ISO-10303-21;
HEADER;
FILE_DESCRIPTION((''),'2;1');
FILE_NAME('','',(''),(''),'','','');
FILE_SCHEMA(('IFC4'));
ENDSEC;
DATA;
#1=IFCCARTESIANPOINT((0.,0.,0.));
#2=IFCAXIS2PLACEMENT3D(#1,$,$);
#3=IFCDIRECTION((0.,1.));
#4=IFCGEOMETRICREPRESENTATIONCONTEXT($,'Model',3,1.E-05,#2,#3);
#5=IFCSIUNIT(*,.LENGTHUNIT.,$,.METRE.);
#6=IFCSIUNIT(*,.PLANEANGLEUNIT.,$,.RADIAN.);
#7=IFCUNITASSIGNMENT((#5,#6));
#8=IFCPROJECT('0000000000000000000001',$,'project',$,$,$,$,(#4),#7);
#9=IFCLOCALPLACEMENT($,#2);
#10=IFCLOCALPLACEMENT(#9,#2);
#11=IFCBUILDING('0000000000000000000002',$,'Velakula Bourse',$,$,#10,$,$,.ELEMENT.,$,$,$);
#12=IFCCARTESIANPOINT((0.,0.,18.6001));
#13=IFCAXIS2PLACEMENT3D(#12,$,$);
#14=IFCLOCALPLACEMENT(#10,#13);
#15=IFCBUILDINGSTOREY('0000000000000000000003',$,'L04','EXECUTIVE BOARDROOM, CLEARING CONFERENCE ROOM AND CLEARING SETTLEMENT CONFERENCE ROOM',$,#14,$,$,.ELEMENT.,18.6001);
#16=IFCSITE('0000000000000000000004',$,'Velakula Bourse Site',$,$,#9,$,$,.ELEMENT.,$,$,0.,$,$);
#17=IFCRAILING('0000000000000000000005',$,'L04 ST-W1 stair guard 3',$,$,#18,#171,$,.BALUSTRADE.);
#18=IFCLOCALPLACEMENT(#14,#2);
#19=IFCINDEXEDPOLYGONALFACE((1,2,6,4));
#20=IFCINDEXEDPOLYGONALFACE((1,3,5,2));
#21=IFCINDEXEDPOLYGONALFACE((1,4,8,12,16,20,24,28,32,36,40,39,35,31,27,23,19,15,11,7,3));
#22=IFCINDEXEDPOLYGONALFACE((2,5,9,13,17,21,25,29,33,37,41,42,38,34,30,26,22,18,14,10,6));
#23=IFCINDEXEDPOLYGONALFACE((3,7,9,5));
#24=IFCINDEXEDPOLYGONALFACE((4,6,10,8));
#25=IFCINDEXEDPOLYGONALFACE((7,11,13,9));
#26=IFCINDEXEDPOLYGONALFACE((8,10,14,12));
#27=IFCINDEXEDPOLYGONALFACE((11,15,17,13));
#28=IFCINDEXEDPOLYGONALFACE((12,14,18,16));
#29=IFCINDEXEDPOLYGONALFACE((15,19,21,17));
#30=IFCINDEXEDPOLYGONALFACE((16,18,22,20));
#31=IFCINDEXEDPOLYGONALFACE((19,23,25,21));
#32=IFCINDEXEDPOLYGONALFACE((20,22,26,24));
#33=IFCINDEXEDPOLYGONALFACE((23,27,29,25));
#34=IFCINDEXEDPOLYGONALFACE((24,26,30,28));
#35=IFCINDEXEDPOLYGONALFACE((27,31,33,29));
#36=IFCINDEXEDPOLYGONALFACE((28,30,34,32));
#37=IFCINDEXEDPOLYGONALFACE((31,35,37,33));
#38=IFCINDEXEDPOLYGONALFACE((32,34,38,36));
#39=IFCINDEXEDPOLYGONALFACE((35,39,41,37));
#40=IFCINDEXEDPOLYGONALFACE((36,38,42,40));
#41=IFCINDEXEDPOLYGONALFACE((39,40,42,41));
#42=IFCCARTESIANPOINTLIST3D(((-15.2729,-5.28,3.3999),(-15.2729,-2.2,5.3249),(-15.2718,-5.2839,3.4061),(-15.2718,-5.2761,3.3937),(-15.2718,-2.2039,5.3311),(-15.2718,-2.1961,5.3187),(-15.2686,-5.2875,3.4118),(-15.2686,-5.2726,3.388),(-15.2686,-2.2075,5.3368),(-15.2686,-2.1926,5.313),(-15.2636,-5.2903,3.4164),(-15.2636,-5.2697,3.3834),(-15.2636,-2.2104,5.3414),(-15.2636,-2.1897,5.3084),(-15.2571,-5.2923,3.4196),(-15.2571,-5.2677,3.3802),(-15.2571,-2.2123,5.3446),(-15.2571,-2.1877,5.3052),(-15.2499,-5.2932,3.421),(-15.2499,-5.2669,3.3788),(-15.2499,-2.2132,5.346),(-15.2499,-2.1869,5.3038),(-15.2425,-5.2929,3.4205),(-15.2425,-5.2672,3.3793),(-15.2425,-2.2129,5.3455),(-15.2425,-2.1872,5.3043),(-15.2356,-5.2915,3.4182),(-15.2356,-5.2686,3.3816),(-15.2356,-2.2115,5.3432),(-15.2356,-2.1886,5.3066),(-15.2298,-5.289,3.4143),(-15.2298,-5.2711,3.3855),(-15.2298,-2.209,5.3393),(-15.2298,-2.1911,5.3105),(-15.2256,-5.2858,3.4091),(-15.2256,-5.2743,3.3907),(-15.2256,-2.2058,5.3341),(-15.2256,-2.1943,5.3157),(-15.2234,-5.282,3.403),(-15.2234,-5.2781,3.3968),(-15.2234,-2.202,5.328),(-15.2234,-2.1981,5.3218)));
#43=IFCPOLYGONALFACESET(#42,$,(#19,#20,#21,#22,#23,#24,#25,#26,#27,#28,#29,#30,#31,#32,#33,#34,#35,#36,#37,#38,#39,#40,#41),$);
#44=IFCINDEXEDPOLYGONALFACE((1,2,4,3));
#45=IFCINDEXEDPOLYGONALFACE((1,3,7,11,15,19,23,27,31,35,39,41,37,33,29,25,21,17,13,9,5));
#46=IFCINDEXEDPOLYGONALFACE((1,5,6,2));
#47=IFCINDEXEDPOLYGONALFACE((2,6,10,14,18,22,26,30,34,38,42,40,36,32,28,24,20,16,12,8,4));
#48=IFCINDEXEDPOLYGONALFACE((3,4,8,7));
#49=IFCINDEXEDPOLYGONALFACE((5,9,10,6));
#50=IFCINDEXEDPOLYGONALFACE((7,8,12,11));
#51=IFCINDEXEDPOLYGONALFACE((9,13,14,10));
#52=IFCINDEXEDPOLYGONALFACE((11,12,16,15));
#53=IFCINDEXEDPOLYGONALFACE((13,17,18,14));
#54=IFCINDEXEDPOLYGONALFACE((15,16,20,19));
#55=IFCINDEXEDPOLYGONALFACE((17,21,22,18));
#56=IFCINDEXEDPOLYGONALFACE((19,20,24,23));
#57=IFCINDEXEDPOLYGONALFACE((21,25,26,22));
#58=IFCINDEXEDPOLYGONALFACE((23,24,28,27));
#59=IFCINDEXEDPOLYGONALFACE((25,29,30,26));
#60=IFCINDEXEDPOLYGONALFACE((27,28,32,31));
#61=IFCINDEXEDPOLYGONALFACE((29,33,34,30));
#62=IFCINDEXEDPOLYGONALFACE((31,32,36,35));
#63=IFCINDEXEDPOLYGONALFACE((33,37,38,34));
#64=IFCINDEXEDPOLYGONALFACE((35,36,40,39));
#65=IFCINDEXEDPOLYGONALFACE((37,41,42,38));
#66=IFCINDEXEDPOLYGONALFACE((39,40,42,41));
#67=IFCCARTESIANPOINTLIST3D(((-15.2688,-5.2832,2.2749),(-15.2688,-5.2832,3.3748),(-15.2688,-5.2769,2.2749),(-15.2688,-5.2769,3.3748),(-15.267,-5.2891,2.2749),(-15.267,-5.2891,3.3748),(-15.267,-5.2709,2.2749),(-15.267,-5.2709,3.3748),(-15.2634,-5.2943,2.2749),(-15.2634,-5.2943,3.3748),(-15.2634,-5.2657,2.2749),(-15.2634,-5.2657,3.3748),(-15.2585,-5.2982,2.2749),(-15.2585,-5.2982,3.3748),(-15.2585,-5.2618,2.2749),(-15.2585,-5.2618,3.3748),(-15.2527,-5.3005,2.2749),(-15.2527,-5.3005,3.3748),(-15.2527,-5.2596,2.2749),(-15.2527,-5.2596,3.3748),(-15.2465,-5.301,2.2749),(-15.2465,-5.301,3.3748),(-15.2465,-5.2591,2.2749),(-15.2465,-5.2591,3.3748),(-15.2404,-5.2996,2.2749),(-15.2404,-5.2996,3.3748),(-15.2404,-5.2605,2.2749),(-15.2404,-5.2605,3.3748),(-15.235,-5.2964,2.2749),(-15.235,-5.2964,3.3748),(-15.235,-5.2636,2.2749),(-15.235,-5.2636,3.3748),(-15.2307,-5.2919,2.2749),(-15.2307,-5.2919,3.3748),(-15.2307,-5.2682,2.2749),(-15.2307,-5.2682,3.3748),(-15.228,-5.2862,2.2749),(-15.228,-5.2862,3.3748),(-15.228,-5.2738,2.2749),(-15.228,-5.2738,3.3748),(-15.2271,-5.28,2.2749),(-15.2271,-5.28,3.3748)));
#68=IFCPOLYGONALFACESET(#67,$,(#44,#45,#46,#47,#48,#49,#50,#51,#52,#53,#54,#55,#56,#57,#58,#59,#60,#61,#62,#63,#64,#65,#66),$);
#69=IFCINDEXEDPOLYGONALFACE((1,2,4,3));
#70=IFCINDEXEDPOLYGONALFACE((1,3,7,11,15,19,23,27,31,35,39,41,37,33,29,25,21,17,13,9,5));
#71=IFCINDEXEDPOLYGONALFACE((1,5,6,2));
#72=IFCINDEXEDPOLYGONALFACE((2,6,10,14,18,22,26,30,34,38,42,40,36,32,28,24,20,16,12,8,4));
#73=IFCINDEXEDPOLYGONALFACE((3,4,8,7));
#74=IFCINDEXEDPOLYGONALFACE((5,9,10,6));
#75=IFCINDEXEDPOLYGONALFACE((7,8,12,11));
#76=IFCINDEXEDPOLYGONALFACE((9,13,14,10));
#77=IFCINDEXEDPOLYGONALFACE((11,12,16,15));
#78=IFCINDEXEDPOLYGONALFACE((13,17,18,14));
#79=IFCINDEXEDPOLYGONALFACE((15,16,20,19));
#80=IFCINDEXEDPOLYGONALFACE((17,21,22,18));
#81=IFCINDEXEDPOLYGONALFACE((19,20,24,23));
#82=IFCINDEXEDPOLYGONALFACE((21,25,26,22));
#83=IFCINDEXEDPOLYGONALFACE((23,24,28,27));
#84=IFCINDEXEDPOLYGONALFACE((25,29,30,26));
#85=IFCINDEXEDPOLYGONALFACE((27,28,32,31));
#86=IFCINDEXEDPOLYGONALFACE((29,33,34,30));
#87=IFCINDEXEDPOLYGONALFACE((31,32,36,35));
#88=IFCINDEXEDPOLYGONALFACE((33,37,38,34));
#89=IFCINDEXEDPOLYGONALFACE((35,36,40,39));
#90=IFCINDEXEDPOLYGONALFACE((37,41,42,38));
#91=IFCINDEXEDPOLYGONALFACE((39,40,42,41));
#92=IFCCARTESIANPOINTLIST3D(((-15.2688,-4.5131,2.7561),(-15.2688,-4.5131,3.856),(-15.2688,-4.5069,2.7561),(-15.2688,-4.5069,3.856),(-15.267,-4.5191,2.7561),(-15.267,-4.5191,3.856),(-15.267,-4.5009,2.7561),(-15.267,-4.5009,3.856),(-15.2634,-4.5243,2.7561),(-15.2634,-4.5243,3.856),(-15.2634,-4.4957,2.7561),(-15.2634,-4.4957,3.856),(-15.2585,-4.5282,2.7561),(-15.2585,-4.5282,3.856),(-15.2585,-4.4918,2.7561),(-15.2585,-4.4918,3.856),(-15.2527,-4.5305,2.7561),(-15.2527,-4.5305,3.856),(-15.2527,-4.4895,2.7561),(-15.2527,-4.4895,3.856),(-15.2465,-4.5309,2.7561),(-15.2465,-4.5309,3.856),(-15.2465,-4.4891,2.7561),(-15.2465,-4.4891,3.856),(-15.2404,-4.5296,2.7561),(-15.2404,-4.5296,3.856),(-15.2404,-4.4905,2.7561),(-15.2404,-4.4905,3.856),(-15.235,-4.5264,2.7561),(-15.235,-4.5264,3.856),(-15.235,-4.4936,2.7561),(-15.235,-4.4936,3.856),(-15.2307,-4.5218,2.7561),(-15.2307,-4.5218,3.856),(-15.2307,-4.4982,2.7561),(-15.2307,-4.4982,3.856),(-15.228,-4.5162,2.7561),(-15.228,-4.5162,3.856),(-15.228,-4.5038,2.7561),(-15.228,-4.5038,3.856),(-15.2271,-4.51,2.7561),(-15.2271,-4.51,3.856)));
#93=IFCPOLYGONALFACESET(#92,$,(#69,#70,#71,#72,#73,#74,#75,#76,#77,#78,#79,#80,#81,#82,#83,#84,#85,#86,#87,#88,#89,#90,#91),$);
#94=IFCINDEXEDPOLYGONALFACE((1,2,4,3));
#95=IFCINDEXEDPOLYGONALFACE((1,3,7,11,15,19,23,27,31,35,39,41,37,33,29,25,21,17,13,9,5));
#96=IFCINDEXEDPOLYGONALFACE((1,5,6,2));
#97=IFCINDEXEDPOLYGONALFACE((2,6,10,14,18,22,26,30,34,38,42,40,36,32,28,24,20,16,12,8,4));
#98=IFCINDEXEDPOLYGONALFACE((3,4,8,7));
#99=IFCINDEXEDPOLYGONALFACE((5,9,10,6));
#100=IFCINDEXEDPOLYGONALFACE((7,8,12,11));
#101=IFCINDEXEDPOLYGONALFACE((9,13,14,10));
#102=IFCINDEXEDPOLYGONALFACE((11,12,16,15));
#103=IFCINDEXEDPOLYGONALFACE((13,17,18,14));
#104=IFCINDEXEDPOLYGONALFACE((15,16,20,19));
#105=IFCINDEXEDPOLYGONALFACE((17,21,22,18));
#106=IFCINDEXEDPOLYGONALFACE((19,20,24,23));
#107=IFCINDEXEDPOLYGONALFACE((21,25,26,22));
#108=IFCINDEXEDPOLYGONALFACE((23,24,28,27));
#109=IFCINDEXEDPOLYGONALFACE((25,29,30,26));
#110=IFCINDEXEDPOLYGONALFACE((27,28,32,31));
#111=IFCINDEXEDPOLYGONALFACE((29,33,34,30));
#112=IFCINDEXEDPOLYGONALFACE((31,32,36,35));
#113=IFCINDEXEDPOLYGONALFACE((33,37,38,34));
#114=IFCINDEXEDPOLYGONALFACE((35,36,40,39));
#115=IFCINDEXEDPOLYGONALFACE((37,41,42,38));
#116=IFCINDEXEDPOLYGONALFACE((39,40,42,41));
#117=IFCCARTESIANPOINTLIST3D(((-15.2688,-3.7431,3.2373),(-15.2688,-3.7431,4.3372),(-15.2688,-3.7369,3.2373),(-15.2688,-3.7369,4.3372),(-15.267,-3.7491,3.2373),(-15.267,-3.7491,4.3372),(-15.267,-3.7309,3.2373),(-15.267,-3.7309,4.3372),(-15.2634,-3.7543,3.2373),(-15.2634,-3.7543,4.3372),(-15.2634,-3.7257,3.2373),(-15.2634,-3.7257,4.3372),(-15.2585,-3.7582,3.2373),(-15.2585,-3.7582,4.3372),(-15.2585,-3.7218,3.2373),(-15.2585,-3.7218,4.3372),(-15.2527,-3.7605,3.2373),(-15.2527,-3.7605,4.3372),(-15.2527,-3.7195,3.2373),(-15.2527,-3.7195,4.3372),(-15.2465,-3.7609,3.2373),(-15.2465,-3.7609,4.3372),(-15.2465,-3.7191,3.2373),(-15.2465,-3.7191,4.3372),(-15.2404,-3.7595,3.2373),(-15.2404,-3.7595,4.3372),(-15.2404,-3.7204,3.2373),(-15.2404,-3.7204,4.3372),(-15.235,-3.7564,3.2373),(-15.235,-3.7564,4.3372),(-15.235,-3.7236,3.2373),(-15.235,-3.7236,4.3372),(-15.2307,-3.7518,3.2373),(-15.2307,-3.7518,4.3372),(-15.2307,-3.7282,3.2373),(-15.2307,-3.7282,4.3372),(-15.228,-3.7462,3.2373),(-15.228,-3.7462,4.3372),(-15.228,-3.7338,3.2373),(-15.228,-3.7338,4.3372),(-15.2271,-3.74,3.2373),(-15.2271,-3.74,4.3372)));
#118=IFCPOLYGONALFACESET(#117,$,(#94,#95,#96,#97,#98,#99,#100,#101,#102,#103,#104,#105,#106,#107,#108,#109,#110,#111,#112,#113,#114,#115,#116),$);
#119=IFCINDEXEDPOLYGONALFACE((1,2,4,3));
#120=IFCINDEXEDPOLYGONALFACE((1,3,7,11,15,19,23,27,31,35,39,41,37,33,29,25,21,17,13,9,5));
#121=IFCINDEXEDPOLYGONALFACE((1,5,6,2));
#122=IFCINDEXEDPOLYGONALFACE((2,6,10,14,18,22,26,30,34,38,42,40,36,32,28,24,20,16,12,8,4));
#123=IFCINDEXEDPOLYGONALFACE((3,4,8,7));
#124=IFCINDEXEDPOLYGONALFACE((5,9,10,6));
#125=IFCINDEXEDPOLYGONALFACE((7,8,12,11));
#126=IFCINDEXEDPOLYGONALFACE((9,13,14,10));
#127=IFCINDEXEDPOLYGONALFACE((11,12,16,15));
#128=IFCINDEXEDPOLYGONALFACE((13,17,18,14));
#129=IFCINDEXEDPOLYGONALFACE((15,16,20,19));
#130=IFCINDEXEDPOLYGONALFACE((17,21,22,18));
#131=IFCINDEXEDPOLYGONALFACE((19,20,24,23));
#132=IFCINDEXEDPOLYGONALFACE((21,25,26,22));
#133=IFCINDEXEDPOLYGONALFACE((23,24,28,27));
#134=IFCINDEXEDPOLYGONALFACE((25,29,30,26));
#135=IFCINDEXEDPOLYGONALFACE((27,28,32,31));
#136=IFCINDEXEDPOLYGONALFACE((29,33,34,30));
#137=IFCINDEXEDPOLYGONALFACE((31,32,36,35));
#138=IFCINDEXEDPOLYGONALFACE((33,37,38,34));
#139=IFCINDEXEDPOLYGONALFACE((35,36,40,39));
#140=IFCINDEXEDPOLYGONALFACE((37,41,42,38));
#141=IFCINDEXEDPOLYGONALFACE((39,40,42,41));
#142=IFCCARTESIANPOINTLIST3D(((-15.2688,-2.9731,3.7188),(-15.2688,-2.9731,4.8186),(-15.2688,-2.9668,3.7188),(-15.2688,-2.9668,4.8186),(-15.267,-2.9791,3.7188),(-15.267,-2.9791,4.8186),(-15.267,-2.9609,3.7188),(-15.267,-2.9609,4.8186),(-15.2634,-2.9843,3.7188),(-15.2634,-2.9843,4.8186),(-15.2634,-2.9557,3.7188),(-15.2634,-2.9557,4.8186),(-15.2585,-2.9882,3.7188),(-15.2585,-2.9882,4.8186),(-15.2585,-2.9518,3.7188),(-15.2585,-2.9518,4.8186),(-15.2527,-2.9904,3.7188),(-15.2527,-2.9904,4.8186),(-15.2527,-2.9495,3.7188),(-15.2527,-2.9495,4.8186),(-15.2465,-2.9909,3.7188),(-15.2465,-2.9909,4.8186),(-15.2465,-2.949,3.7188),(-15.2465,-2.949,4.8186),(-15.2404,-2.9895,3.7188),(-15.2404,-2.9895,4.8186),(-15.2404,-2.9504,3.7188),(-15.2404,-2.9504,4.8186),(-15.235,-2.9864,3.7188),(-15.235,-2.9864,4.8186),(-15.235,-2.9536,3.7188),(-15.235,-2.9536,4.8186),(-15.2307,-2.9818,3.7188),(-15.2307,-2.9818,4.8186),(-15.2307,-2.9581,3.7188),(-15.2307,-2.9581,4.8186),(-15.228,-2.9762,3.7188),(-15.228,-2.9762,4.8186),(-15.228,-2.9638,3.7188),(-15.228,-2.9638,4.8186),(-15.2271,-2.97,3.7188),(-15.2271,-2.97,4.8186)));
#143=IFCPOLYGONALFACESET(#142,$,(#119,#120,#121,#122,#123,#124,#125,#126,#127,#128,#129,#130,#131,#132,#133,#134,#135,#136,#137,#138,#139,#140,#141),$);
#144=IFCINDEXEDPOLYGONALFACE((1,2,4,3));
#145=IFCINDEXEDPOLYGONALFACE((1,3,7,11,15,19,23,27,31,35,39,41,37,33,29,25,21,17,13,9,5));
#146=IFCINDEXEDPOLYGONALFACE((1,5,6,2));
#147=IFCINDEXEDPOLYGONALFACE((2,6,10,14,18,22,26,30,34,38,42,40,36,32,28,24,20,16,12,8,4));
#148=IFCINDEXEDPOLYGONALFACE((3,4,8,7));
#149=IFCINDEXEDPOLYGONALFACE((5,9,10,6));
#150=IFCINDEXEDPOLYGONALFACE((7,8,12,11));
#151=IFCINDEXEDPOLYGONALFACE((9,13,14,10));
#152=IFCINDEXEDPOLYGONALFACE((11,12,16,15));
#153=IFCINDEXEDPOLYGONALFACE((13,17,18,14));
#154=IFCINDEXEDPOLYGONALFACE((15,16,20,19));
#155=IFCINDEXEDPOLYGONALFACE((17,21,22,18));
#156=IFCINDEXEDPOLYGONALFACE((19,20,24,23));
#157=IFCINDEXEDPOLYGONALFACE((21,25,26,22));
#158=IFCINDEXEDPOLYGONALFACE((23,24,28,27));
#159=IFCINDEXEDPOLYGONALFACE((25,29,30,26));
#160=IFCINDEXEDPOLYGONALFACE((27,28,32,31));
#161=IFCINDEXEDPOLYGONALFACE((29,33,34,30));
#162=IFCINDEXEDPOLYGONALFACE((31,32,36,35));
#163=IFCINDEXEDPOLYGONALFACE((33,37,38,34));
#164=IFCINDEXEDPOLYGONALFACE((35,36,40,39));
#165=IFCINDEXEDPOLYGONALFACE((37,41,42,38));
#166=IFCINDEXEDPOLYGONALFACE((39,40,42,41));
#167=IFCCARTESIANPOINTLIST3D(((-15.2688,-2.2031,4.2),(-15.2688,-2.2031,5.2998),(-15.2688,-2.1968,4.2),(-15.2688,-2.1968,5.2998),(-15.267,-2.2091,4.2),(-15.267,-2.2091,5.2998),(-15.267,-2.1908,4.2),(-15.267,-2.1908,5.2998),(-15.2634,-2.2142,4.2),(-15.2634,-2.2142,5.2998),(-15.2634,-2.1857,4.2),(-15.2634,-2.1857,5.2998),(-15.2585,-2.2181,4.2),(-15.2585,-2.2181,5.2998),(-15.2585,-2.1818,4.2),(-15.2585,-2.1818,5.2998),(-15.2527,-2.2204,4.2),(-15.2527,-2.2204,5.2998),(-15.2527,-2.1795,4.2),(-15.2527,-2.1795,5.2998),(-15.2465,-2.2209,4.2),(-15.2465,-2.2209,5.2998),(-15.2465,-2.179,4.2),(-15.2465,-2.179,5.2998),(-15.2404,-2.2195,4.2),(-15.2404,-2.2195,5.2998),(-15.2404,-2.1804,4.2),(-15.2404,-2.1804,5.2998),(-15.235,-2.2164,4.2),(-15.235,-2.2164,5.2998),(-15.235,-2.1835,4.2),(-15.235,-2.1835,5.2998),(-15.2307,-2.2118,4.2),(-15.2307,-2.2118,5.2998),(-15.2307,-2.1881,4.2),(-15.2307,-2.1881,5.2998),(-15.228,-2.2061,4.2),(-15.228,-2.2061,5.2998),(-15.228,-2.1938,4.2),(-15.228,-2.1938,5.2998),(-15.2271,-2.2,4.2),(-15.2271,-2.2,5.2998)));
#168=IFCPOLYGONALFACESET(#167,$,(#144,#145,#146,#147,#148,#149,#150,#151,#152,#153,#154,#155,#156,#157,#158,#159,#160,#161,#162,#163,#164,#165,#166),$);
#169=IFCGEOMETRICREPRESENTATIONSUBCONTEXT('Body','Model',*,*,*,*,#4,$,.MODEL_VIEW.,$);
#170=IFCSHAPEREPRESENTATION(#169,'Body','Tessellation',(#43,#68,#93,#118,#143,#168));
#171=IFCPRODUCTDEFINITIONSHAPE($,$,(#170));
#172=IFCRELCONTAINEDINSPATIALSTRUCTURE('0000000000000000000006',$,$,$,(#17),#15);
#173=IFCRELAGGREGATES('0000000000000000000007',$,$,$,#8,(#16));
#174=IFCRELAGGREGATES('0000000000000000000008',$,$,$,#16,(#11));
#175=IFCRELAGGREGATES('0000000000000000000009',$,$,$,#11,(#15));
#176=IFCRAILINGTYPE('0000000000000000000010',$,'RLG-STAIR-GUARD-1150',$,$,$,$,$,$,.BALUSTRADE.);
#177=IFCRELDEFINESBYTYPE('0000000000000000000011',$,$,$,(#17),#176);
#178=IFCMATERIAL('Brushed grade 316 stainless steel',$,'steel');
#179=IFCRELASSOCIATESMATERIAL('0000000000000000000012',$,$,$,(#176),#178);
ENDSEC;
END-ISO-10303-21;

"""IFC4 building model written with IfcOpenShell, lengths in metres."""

from ifc_helpers import new_model, si_unit, direction, frame, origin, origin_2d, place, context, subcontext, project, spatial, circle, extrude, material, type_object, element, save


model = new_model("IFC4")

# Units and contexts
model_context = context("Model", 3, precision=1e-05, world=origin(), true_north=direction((0.0, 1.0)))
body_context = subcontext(model_context, "Body", "Model", "MODEL_VIEW")
ifc_project = project(units=[si_unit("LENGTHUNIT", "METRE"), si_unit("PLANEANGLEUNIT", "RADIAN")], contexts=[model_context])

# Site, building, storey
site_placement = place(None, origin())
site = spatial("IfcSite", under=ifc_project, at=site_placement, Name="Velakula Bourse Site", CompositionType="ELEMENT", RefElevation=0.0)
building_placement = place(site_placement, origin())
building = spatial("IfcBuilding", under=site, at=building_placement, Name="Velakula Bourse", CompositionType="ELEMENT")
storey_placement = place(building_placement, frame((0.0, 0.0, 18.6001)))
storey = spatial("IfcBuildingStorey", under=building, at=storey_placement, Name="L04", Description="EXECUTIVE BOARDROOM, CLEARING CONFERENCE ROOM AND CLEARING SETTLEMENT CONFERENCE ROOM", CompositionType="ELEMENT", Elevation=18.6001)

# Shared definitions
ifc_material_1 = material(Name="Brushed grade 316 stainless steel", Category="steel")

# Railing
railing_type_1 = type_object("IfcRailingType", Name="RLG-STAIR-GUARD-1150", PredefinedType="BALUSTRADE", material=ifc_material_1)
railing_1_placement = place(storey_placement, frame((-15.248, -5.28, 2.2749)))
element("IfcRailing", 1, at=railing_1_placement, inside=storey, type_object=railing_type_1, Name="L04 ST-W1 stair guard 3", PredefinedType="BALUSTRADE", context=body_context, shape_type="SweptSolid", body=[
    extrude(circle(Radius=0.0249, at=origin_2d()), frame((0.0, 0.0, 1.125), z_axis=(0.0, 0.847998, 0.529999), x_axis=(-1.0, 0.0, 0.0)), (0.0, 0.0, 1.0), 3.6321),
    extrude(circle(Radius=0.021, at=origin_2d()), origin(), (0.0, 0.0, 1.0), 1.0999),
    extrude(circle(Radius=0.021, at=origin_2d()), frame((0.0, 0.77, 0.4812)), (0.0, 0.0, 1.0), 1.0999),
    extrude(circle(Radius=0.021, at=origin_2d()), frame((0.0, 1.54, 0.9624)), (0.0, 0.0, 1.0), 1.0999),
    extrude(circle(Radius=0.021, at=origin_2d()), frame((0.0, 2.3101, 1.4438)), (0.0, 0.0, 1.0), 1.0999),
    extrude(circle(Radius=0.021, at=origin_2d()), frame((0.0, 3.0801, 1.925)), (0.0, 0.0, 1.0), 1.0999),
])

save(model, "model.ifc")
